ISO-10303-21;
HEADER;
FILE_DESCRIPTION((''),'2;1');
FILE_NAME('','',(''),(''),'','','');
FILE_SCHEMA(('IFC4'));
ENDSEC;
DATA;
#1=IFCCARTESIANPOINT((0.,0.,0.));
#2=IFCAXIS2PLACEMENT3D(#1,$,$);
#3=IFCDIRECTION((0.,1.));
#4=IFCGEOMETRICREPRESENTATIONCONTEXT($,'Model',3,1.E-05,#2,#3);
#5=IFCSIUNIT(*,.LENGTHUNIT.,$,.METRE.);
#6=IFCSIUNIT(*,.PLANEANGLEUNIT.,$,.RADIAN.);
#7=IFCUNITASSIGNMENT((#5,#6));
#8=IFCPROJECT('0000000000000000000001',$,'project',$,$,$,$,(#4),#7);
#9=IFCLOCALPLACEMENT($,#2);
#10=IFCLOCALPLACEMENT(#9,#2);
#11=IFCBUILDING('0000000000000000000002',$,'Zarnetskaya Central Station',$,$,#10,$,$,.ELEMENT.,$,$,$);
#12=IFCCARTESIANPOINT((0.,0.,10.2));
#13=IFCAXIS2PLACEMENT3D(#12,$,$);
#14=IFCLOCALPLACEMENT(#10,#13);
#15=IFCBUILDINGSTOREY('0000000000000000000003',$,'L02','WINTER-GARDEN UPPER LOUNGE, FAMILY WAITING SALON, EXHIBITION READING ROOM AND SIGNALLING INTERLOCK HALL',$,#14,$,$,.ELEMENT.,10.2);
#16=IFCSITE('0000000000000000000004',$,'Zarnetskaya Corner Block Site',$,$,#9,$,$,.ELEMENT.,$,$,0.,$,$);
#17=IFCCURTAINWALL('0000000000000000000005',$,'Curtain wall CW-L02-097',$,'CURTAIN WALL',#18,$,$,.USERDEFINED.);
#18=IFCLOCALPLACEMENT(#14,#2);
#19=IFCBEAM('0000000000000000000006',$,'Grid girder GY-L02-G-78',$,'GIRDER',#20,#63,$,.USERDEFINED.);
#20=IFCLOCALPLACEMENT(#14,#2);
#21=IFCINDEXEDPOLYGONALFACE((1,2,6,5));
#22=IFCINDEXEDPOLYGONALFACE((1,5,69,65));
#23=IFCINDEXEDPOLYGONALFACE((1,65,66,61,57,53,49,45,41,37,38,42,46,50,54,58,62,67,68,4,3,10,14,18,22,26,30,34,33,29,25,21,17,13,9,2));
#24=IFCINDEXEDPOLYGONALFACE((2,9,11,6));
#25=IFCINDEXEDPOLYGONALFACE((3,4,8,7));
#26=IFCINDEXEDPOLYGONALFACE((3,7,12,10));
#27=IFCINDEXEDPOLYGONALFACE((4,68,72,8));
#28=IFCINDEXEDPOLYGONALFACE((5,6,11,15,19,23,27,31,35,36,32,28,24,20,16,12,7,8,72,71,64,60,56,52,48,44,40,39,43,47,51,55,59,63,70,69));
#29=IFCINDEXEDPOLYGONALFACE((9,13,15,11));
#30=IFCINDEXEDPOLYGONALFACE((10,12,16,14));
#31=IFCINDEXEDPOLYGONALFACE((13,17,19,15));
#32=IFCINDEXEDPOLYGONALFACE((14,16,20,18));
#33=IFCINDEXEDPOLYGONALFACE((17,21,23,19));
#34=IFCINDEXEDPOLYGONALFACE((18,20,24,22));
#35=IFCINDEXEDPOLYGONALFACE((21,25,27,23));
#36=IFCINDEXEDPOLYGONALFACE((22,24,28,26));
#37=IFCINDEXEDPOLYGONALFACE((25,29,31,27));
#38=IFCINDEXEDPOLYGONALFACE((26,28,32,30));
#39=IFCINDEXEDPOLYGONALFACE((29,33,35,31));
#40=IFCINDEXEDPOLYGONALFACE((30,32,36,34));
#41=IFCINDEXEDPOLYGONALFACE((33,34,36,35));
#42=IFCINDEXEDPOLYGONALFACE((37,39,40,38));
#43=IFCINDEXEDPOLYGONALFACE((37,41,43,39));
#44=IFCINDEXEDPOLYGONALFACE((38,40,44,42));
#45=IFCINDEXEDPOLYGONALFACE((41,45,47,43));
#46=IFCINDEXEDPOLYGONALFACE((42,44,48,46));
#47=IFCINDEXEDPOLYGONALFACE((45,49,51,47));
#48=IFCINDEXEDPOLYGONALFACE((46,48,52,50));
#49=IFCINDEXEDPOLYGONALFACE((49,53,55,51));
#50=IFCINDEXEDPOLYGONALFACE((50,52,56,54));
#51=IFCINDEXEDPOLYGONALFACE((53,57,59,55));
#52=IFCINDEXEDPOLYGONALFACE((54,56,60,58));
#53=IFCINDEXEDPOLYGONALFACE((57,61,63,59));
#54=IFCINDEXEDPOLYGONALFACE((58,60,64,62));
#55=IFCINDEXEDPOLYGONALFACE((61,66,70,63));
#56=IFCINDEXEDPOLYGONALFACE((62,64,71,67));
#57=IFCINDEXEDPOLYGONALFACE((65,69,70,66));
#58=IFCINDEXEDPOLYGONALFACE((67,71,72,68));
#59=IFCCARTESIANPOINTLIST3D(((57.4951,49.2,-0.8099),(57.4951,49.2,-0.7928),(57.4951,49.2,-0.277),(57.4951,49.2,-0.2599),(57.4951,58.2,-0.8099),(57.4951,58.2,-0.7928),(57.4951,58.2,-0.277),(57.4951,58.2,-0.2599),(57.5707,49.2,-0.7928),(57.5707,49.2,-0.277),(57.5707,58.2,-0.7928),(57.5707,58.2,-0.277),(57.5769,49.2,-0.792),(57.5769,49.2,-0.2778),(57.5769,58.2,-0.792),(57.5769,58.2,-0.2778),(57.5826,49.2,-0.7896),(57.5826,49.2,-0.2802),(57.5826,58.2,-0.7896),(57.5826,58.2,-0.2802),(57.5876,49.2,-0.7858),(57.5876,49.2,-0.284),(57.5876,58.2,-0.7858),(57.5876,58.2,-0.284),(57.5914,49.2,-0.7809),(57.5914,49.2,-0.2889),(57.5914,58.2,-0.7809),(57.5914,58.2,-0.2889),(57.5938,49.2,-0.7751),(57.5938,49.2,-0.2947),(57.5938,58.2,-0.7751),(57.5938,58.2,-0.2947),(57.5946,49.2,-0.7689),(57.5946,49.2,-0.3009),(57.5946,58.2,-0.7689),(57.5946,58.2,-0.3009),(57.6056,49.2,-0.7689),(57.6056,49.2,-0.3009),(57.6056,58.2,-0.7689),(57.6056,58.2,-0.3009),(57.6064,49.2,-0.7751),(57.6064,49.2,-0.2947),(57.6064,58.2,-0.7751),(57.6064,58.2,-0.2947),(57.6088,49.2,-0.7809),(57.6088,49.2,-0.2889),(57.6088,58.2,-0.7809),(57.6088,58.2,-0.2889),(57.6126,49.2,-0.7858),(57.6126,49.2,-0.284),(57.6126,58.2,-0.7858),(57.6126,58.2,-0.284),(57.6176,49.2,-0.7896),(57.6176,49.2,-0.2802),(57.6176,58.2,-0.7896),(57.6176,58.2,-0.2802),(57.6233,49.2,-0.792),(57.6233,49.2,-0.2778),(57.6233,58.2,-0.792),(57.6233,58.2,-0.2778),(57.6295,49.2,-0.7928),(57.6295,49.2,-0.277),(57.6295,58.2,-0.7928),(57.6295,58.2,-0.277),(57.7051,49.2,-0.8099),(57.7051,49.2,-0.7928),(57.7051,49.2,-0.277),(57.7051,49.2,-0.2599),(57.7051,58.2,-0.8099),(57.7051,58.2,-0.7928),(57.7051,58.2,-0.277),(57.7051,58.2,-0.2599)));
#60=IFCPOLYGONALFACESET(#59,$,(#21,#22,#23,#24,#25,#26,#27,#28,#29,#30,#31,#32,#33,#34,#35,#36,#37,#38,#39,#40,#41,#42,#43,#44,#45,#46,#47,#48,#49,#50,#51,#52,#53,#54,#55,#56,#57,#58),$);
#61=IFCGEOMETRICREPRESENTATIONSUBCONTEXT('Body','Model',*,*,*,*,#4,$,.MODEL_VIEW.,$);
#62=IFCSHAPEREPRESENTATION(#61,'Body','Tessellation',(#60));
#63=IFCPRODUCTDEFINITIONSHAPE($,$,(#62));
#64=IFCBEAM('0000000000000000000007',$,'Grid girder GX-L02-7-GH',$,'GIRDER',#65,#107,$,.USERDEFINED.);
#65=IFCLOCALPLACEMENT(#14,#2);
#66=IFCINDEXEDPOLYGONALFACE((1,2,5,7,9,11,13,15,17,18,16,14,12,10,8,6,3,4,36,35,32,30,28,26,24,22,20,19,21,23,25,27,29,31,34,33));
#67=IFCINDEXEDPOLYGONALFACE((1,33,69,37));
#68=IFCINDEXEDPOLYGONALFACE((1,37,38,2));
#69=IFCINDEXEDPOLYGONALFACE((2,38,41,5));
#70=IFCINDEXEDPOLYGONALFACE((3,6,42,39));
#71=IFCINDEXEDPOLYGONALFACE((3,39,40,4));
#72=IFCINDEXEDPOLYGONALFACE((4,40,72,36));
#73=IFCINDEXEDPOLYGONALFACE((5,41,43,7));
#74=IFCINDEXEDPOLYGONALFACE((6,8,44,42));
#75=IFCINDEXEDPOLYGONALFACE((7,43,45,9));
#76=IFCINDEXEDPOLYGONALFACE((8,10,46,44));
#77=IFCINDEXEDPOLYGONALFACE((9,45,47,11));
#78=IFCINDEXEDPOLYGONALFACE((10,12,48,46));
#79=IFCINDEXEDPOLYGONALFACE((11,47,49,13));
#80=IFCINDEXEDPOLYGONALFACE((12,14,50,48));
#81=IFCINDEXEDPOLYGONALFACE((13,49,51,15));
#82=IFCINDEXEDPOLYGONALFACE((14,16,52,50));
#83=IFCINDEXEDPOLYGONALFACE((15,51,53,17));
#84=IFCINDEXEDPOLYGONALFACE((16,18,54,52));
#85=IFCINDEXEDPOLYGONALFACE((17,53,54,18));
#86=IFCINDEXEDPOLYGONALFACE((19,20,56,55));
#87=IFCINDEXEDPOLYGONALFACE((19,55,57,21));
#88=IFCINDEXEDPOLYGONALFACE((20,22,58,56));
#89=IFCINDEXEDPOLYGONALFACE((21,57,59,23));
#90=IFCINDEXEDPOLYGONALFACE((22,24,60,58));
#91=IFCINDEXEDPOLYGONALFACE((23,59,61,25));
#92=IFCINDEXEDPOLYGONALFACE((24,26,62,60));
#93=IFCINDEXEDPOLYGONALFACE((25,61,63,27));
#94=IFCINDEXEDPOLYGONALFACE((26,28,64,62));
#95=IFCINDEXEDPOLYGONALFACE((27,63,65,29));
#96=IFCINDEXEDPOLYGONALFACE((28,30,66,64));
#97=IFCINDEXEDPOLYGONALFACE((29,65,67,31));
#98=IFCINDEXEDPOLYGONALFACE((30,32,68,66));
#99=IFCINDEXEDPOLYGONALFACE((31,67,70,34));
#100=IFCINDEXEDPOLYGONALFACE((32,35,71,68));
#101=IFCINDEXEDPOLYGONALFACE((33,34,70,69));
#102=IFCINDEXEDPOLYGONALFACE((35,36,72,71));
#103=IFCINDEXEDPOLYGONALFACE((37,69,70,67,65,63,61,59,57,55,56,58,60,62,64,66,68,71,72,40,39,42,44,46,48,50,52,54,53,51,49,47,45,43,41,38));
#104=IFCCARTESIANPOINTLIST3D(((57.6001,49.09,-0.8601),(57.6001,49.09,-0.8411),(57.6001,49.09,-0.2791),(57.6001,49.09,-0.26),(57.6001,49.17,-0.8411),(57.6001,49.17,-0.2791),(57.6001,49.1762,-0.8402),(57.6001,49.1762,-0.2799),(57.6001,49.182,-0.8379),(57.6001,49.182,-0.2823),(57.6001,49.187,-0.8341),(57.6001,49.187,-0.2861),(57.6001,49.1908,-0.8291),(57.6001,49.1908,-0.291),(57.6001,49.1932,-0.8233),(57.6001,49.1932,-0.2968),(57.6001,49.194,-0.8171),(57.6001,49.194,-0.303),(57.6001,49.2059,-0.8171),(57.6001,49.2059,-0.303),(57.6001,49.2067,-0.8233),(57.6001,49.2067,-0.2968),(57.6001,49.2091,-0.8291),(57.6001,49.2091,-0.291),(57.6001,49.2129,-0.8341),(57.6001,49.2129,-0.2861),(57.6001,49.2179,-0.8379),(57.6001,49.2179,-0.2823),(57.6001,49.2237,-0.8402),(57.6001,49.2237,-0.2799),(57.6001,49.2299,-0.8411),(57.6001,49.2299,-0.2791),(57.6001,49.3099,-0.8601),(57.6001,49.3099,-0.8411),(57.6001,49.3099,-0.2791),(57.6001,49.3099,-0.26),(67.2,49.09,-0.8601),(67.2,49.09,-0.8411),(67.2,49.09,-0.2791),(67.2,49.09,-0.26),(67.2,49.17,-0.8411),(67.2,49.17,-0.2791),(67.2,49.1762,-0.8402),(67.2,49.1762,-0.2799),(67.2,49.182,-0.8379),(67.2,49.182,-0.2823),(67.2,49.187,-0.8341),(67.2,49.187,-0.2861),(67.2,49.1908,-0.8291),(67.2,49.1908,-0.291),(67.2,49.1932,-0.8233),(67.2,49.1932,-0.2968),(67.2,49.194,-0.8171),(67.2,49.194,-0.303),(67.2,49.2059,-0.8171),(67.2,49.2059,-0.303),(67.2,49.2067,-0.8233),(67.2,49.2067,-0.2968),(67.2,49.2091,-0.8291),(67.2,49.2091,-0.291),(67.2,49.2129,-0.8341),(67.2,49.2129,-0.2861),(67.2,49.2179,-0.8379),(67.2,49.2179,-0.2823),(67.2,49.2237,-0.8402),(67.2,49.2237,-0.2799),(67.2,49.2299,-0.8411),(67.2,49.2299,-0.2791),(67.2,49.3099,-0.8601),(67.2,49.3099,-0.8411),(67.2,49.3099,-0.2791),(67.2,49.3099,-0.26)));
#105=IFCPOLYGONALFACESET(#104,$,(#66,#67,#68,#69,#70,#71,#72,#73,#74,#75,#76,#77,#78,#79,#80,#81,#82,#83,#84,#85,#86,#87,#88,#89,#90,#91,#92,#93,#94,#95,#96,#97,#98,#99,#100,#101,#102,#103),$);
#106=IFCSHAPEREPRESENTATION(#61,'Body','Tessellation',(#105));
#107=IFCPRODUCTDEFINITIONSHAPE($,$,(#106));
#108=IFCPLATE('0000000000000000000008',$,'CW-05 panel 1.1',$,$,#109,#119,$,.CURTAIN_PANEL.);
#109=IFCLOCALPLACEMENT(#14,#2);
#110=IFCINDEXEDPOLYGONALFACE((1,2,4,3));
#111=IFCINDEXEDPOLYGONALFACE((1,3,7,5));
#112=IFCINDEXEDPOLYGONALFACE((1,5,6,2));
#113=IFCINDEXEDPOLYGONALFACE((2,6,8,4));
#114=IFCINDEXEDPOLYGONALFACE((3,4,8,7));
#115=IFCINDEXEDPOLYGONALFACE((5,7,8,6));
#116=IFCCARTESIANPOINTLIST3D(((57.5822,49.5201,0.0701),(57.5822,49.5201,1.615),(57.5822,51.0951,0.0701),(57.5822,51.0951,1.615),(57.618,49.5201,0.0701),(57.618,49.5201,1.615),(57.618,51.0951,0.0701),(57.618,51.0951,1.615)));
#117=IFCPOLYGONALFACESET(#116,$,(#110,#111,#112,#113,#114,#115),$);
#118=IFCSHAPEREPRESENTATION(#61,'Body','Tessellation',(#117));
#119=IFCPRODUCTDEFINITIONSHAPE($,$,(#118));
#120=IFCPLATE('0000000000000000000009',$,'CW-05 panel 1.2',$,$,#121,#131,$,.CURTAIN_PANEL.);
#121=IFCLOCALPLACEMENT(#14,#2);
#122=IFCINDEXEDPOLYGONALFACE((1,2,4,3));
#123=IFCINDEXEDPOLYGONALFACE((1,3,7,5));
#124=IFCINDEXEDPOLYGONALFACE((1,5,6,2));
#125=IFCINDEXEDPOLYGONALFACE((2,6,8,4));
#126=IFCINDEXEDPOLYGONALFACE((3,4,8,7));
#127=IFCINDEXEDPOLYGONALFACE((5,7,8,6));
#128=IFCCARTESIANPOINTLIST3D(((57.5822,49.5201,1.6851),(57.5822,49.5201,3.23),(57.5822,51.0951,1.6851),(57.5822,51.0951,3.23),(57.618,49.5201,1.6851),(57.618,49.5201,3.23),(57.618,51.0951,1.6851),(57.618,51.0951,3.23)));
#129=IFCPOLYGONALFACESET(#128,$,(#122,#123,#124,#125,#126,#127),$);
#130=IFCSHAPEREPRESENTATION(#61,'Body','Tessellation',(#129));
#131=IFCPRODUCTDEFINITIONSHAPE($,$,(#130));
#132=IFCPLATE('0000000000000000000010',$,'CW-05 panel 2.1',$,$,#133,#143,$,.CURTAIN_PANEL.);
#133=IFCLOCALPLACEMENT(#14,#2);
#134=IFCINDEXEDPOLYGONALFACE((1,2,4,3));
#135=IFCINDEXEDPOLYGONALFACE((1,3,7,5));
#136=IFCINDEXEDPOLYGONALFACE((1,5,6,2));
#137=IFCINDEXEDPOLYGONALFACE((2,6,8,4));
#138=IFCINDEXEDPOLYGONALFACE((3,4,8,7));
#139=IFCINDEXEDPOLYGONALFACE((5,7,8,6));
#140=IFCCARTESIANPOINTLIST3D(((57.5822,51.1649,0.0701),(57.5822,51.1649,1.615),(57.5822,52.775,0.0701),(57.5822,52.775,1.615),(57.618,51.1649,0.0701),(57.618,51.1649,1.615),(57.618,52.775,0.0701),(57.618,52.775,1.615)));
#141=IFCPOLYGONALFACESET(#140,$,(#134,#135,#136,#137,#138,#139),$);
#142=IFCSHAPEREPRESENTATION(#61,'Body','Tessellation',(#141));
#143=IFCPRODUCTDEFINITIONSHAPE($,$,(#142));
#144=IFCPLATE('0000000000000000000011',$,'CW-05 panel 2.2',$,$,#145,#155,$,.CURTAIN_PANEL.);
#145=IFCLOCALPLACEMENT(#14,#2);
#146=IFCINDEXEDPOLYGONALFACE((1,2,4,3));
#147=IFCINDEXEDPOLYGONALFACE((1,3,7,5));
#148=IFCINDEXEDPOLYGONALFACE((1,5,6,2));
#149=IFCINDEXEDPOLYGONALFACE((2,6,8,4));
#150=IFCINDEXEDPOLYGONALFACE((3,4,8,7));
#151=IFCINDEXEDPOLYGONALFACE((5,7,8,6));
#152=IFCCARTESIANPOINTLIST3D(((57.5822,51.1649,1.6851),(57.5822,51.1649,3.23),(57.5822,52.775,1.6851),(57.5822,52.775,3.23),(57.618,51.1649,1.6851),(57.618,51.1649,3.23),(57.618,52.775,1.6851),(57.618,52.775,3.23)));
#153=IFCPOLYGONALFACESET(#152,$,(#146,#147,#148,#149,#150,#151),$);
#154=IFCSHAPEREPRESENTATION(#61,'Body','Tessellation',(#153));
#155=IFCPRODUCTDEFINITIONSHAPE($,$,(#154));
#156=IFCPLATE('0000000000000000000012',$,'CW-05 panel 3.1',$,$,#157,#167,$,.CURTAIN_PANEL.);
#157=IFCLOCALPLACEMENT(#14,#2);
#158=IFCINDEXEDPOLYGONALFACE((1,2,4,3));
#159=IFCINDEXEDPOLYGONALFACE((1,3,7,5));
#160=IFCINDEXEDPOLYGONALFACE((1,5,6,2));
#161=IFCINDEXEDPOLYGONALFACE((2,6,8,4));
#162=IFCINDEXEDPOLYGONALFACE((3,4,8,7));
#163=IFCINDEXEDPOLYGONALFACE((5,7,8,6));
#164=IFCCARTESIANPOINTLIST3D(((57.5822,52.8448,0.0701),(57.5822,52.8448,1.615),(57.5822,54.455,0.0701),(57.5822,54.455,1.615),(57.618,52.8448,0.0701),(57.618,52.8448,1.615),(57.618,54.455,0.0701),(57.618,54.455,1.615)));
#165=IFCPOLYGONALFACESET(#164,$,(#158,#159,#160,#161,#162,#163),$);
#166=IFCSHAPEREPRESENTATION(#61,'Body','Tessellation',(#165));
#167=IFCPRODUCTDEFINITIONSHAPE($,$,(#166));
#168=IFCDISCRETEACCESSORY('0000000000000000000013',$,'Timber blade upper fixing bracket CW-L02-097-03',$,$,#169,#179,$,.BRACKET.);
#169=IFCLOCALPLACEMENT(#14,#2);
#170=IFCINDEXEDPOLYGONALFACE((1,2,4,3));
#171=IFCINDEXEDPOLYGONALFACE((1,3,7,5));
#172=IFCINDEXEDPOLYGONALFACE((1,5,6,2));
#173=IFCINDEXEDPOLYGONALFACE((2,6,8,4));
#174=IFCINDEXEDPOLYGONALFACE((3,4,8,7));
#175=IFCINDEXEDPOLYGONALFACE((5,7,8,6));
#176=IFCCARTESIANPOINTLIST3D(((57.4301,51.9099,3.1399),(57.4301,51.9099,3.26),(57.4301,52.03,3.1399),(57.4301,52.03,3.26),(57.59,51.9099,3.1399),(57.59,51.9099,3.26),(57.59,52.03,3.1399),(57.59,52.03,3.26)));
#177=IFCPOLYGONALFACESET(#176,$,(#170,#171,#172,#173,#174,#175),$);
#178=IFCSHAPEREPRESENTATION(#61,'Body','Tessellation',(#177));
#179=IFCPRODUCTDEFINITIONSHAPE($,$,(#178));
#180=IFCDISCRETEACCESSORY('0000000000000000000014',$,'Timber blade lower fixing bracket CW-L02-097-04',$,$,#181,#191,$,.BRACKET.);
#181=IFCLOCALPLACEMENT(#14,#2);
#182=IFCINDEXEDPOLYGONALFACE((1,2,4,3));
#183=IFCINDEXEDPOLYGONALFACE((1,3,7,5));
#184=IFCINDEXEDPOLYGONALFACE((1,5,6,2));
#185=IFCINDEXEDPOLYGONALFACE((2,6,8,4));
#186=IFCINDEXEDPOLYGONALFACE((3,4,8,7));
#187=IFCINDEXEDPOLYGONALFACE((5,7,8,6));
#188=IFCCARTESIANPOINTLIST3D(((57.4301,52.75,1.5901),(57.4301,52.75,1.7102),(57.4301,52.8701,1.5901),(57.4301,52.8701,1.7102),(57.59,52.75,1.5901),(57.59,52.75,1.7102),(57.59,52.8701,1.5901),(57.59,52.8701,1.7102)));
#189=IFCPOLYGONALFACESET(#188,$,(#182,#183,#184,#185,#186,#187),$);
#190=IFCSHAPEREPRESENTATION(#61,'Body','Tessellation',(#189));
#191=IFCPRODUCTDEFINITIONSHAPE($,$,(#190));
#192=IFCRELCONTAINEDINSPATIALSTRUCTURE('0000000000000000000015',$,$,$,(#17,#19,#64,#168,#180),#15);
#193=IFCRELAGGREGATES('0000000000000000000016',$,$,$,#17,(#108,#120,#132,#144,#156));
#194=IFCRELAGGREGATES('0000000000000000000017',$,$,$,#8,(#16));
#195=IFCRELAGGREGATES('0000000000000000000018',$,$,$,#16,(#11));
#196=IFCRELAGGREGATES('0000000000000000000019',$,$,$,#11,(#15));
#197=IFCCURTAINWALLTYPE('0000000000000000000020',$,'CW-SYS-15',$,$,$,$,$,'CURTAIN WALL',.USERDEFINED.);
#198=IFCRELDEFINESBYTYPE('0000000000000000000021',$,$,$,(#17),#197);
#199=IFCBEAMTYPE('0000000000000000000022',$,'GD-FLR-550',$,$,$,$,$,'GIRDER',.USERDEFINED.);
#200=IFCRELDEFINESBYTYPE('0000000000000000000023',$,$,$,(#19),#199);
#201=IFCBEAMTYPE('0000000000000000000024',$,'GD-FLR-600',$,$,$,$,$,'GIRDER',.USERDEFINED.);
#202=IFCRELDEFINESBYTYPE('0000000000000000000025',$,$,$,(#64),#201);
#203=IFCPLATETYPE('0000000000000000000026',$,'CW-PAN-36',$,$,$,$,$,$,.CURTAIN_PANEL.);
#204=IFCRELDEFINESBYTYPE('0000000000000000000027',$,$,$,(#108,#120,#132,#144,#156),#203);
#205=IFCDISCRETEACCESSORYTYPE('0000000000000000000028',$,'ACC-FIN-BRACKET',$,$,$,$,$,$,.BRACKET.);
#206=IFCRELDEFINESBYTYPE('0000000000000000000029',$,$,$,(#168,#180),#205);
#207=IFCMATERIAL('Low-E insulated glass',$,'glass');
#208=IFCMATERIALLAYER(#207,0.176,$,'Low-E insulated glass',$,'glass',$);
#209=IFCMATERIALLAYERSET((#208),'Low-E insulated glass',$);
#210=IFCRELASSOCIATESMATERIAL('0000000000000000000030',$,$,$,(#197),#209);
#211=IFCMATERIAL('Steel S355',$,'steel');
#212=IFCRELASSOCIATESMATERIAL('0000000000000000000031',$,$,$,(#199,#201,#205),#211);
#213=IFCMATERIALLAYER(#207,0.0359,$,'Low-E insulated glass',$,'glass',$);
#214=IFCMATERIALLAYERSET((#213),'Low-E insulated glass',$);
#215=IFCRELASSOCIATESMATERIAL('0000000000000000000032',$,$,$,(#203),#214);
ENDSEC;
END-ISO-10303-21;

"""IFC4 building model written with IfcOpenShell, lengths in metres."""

from ifc_helpers import new_model, si_unit, direction, frame, origin, origin_2d, place, context, subcontext, project, spatial, rectangle, i_section, extrude, material, layer, layer_set, material_profile, profile_set, type_object, element, aggregate, save


model = new_model("IFC4")

# Units and contexts
model_context = context("Model", 3, precision=1e-05, world=origin(), true_north=direction((0.0, 1.0)))
body_context = subcontext(model_context, "Body", "Model", "MODEL_VIEW")
ifc_project = project(units=[si_unit("LENGTHUNIT", "METRE"), si_unit("PLANEANGLEUNIT", "RADIAN")], contexts=[model_context])

# Site, building, storey
site_placement = place(None, origin())
site = spatial("IfcSite", under=ifc_project, at=site_placement, Name="Zarnetskaya Corner Block Site", CompositionType="ELEMENT", RefElevation=0.0)
building_placement = place(site_placement, origin())
building = spatial("IfcBuilding", under=site, at=building_placement, Name="Zarnetskaya Central Station", CompositionType="ELEMENT")
storey_placement = place(building_placement, frame((0.0, 0.0, 10.2)))
storey = spatial("IfcBuildingStorey", under=building, at=storey_placement, Name="L02", Description="WINTER-GARDEN UPPER LOUNGE, FAMILY WAITING SALON, EXHIBITION READING ROOM AND SIGNALLING INTERLOCK HALL", CompositionType="ELEMENT", Elevation=10.2)

# Curtain wall
ifc_material_1 = material(Name="Low-E insulated glass", Category="glass")
ifc_layer_1 = layer(ifc_material_1, 0.176, Name="Low-E insulated glass", Category="glass")
ifc_layer_set_1 = layer_set([ifc_layer_1], Name="Low-E insulated glass")
curtain_wall_type = type_object("IfcCurtainWallType", Name="CW-SYS-15", ElementType="CURTAIN WALL", PredefinedType="USERDEFINED", material=ifc_layer_set_1)
curtain_wall_1_placement = place(storey_placement, origin())
curtain_wall_1 = element("IfcCurtainWall", 1, at=curtain_wall_1_placement, inside=storey, type_object=curtain_wall_type, Name="Curtain wall CW-L02-097", ObjectType="CURTAIN WALL", PredefinedType="USERDEFINED")

# Beams
ifc_material_2 = material(Name="Steel S355", Category="steel")
ifc_material_profile_1 = material_profile(ifc_material_2, i_section(OverallWidth=0.21, OverallDepth=0.55, WebThickness=0.011, FlangeThickness=0.0171, FilletRadius=0.0239, at=origin_2d()), Name="IPE 550")
ifc_profile_set_1 = profile_set([ifc_material_profile_1], Name="Steel S355")
beam_type_1 = type_object("IfcBeamType", Name="GD-FLR-550", ElementType="GIRDER", PredefinedType="USERDEFINED", material=ifc_profile_set_1)
beam_1_placement = place(storey_placement, frame((57.6001, 49.2, -0.5349), z_axis=(0.0, 1.0, 0.0), x_axis=(-1.0, 0.0, 0.0)))
element("IfcBeam", 2, at=beam_1_placement, inside=storey, type_object=beam_type_1, Name="Grid girder GY-L02-G-78", ObjectType="GIRDER", PredefinedType="USERDEFINED", context=body_context, shape_type="SweptSolid", body=[
    extrude(i_section(OverallWidth=0.21, OverallDepth=0.55, WebThickness=0.011, FlangeThickness=0.0171, FilletRadius=0.0239, at=origin_2d()), origin(), (0.0, 0.0, 1.0), 9.0),
])
ifc_material_profile_2 = material_profile(ifc_material_2, i_section(OverallWidth=0.22, OverallDepth=0.6001, WebThickness=0.012, FlangeThickness=0.019, FilletRadius=0.0239, at=origin_2d()), Name="IPE 600")
ifc_profile_set_2 = profile_set([ifc_material_profile_2], Name="Steel S355")
beam_type_2 = type_object("IfcBeamType", Name="GD-FLR-600", ElementType="GIRDER", PredefinedType="USERDEFINED", material=ifc_profile_set_2)
beam_2_placement = place(storey_placement, frame((57.6001, 49.2, -0.5601), z_axis=(1.0, 0.0, 0.0), x_axis=(0.0, 1.0, 0.0)))
element("IfcBeam", 3, at=beam_2_placement, inside=storey, type_object=beam_type_2, Name="Grid girder GX-L02-7-GH", ObjectType="GIRDER", PredefinedType="USERDEFINED", context=body_context, shape_type="SweptSolid", body=[
    extrude(i_section(OverallWidth=0.22, OverallDepth=0.6001, WebThickness=0.012, FlangeThickness=0.019, FilletRadius=0.0239, at=origin_2d()), origin(), (0.0, 0.0, 1.0), 9.5999),
])

# Plates
ifc_layer_2 = layer(ifc_material_1, 0.0359, Name="Low-E insulated glass", Category="glass")
ifc_layer_set_2 = layer_set([ifc_layer_2], Name="Low-E insulated glass")
plate_type = type_object("IfcPlateType", Name="CW-PAN-36", PredefinedType="CURTAIN_PANEL", material=ifc_layer_set_2)
plate_1_placement = place(storey_placement, frame((57.6001, 50.3076, 0.0701), z_axis=(0.0, 0.0, 1.0), x_axis=(0.0, 1.0, 0.0)))
plate_1 = element("IfcPlate", 4, at=plate_1_placement, type_object=plate_type, Name="CW-05 panel 1.1", PredefinedType="CURTAIN_PANEL", context=body_context, shape_type="SweptSolid", body=[
    extrude(rectangle(XDim=1.575, YDim=0.0359, at=origin_2d()), origin(), (0.0, 0.0, 1.0), 1.5449),
])
plate_2_placement = place(storey_placement, frame((57.6001, 50.3076, 1.6851), z_axis=(0.0, 0.0, 1.0), x_axis=(0.0, 1.0, 0.0)))
plate_2 = element("IfcPlate", 5, at=plate_2_placement, type_object=plate_type, Name="CW-05 panel 1.2", PredefinedType="CURTAIN_PANEL", context=body_context, shape_type="SweptSolid", body=[
    extrude(rectangle(XDim=1.575, YDim=0.0359, at=origin_2d()), origin(), (0.0, 0.0, 1.0), 1.5449),
])
plate_3_placement = place(storey_placement, frame((57.6001, 51.97, 0.0701), z_axis=(0.0, 0.0, 1.0), x_axis=(0.0, 1.0, 0.0)))
plate_3 = element("IfcPlate", 6, at=plate_3_placement, type_object=plate_type, Name="CW-05 panel 2.1", PredefinedType="CURTAIN_PANEL", context=body_context, shape_type="SweptSolid", body=[
    extrude(rectangle(XDim=1.6101, YDim=0.0359, at=origin_2d()), origin(), (0.0, 0.0, 1.0), 1.5449),
])
plate_4_placement = place(storey_placement, frame((57.6001, 51.97, 1.6851), z_axis=(0.0, 0.0, 1.0), x_axis=(0.0, 1.0, 0.0)))
plate_4 = element("IfcPlate", 7, at=plate_4_placement, type_object=plate_type, Name="CW-05 panel 2.2", PredefinedType="CURTAIN_PANEL", context=body_context, shape_type="SweptSolid", body=[
    extrude(rectangle(XDim=1.6101, YDim=0.0359, at=origin_2d()), origin(), (0.0, 0.0, 1.0), 1.5449),
])
plate_5_placement = place(storey_placement, frame((57.6001, 53.6499, 0.0701), z_axis=(0.0, 0.0, 1.0), x_axis=(0.0, 1.0, 0.0)))
plate_5 = element("IfcPlate", 8, at=plate_5_placement, type_object=plate_type, Name="CW-05 panel 3.1", PredefinedType="CURTAIN_PANEL", context=body_context, shape_type="SweptSolid", body=[
    extrude(rectangle(XDim=1.6101, YDim=0.0359, at=origin_2d()), origin(), (0.0, 0.0, 1.0), 1.5449),
])
aggregate(curtain_wall_1, [plate_1, plate_2, plate_3, plate_4, plate_5])

# Discrete accessories
discrete_accessory_type = type_object("IfcDiscreteAccessoryType", Name="ACC-FIN-BRACKET", PredefinedType="BRACKET", material=ifc_material_2)
for number, where, z_axis, x_axis, name in (
    (9, (57.51, 51.97, 3.1399), (0.0, 0.0, 1.0), (0.0, 1.0, 0.0), "Timber blade upper fixing bracket CW-L02-097-03"),
    (10, (57.51, 52.8101, 1.5901), (0.0, 0.0, 1.0), (0.0, 1.0, 0.0), "Timber blade lower fixing bracket CW-L02-097-04"),
):
    element("IfcDiscreteAccessory", number, at=place(storey_placement, frame(where, z_axis=z_axis, x_axis=x_axis)), inside=storey, type_object=discrete_accessory_type, Name=name, PredefinedType="BRACKET", context=body_context, shape_type="SweptSolid", body=[
        extrude(rectangle(XDim=0.1201, YDim=0.1599, at=origin_2d()), origin(), (0.0, 0.0, 1.0), 0.1201),
    ])

save(model, "model.ifc")
